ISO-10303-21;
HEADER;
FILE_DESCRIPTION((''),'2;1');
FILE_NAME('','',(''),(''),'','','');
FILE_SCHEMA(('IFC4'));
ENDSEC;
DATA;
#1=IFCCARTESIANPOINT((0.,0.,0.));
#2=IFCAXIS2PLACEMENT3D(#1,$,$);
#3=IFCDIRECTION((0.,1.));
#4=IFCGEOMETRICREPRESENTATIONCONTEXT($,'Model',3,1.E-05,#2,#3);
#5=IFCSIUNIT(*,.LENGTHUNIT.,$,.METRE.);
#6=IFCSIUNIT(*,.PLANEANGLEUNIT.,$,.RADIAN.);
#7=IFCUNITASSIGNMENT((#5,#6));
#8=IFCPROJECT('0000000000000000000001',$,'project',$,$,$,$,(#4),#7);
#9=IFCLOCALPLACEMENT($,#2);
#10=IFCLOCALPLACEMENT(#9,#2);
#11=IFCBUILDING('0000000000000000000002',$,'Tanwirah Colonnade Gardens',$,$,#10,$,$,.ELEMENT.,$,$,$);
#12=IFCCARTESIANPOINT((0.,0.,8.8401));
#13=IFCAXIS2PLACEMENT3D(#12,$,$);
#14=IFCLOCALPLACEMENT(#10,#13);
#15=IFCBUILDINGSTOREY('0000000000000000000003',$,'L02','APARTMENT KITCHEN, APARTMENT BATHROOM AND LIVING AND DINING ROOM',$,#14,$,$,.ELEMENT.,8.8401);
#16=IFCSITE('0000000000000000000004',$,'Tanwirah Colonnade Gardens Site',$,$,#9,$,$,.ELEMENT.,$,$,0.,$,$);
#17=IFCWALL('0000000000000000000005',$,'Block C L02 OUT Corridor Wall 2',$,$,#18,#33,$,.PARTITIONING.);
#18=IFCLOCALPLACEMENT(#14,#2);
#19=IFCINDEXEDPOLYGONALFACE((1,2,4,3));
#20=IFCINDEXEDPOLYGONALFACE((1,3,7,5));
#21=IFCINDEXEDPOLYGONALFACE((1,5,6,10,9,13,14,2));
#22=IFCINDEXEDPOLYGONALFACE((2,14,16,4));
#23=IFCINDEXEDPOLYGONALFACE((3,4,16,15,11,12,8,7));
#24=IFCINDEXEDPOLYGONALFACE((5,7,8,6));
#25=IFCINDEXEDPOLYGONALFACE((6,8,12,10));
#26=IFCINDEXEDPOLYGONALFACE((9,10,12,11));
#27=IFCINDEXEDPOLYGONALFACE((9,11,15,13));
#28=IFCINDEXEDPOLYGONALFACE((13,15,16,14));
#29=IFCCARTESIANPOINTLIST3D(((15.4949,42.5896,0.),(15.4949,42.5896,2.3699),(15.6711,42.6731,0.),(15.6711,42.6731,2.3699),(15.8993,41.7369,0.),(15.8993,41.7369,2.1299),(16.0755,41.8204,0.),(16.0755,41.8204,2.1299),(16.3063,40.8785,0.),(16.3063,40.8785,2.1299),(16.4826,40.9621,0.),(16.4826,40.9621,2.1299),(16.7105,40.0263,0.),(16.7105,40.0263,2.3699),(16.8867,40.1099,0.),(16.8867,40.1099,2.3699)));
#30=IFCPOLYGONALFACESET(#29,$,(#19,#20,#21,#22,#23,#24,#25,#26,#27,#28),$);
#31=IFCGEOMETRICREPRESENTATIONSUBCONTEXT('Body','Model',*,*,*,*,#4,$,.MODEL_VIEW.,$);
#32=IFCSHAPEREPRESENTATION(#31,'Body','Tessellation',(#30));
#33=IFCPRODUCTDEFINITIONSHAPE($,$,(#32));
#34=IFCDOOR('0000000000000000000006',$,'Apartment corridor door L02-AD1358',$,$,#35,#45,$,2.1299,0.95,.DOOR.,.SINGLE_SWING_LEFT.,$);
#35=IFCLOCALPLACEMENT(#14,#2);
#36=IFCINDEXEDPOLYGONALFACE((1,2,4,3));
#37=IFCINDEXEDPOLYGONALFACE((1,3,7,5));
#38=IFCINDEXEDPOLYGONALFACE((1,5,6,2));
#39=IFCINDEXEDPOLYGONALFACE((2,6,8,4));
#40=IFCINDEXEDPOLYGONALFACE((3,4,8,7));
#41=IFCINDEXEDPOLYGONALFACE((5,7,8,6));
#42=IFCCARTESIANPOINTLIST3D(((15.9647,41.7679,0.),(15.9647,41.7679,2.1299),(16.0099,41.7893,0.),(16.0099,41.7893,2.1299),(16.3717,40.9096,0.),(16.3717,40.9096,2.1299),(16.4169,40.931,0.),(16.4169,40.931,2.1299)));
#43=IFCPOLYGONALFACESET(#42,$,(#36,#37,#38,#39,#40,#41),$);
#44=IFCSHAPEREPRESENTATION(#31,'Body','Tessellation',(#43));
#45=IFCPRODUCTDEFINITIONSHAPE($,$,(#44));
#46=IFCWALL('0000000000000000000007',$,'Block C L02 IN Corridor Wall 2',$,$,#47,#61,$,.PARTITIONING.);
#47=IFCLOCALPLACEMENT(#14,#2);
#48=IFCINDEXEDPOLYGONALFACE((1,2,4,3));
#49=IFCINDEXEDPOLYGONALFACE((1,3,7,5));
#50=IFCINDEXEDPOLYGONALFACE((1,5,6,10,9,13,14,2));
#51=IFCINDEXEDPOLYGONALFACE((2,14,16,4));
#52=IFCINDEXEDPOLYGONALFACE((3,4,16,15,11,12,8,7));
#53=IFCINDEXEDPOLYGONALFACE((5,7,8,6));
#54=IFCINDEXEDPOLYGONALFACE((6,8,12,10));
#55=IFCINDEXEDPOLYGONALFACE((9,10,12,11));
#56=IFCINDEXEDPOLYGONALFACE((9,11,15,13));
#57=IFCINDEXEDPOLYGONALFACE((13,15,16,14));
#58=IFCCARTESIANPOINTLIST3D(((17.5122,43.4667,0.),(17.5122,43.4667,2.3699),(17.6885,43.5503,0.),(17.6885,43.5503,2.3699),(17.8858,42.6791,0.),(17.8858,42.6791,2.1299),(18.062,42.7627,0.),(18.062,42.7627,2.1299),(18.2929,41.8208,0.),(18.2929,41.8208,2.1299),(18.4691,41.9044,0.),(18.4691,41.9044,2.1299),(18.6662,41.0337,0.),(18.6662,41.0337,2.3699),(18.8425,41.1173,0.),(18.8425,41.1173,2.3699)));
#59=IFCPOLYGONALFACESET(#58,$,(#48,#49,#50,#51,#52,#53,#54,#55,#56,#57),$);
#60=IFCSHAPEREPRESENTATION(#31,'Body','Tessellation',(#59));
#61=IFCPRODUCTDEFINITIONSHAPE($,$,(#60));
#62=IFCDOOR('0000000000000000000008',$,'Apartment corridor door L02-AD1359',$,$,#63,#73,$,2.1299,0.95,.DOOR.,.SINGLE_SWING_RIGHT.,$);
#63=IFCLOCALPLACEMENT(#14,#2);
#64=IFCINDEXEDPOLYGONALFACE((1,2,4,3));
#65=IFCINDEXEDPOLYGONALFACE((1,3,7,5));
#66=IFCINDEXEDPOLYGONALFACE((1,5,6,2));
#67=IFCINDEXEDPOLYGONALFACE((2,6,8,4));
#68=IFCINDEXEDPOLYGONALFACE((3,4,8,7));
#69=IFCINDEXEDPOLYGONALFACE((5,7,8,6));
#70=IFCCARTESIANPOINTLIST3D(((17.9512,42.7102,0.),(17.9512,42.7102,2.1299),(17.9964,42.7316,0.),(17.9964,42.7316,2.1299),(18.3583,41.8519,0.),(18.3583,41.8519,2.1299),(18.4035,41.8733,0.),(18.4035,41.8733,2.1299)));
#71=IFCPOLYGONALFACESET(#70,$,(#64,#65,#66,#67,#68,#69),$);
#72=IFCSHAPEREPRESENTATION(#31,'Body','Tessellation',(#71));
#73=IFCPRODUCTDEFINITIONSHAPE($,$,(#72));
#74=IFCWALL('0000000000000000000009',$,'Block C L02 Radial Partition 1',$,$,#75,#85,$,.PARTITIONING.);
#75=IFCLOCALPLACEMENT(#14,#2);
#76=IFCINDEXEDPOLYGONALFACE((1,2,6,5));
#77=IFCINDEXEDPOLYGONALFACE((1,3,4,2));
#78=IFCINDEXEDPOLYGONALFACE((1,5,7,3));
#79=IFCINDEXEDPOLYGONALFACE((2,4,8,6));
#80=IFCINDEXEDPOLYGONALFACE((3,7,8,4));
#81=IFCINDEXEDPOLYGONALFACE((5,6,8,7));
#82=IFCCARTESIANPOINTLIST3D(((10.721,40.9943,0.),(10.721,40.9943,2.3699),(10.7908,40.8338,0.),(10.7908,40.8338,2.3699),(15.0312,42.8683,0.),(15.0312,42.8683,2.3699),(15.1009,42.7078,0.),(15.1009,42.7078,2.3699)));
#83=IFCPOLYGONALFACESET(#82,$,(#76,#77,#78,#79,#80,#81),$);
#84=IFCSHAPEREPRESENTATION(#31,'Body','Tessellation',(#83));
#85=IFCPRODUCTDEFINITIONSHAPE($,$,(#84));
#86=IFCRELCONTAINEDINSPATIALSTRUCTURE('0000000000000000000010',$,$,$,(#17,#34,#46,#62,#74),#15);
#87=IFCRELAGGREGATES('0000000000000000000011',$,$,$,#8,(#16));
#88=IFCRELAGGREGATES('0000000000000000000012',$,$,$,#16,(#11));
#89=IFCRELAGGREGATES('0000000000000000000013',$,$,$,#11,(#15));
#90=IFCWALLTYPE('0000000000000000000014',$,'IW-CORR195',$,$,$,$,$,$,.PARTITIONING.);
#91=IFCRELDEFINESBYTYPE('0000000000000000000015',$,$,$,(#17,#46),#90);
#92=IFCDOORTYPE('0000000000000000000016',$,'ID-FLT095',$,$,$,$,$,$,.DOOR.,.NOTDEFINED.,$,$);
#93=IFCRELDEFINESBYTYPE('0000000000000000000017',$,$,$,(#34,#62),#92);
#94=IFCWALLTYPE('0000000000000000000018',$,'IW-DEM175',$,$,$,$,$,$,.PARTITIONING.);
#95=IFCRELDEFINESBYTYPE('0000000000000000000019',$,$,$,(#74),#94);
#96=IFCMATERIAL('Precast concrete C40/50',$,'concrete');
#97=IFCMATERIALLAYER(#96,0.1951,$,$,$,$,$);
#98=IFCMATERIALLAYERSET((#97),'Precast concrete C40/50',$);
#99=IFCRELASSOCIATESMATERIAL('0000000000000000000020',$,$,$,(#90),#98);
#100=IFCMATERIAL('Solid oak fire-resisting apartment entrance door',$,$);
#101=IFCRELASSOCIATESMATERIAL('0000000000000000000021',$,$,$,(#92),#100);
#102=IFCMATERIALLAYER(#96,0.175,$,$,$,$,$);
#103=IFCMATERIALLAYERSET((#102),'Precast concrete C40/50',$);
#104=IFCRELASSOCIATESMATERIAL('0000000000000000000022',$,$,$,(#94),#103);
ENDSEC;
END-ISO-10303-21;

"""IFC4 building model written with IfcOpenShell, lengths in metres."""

from ifc_helpers import new_model, si_unit, direction, frame, frame_2d, origin, place, context, subcontext, project, spatial, rectangle, extrude, material, layer, layer_set, type_object, element, fill, save


model = new_model("IFC4")

# Units and contexts
model_context = context("Model", 3, precision=1e-05, world=origin(), true_north=direction((0.0, 1.0)))
body_context = subcontext(model_context, "Body", "Model", "MODEL_VIEW")
ifc_project = project(units=[si_unit("LENGTHUNIT", "METRE"), si_unit("PLANEANGLEUNIT", "RADIAN")], contexts=[model_context])

# Site, building, storey
site_placement = place(None, origin())
site = spatial("IfcSite", under=ifc_project, at=site_placement, Name="Tanwirah Colonnade Gardens Site", CompositionType="ELEMENT", RefElevation=0.0)
building_placement = place(site_placement, origin())
building = spatial("IfcBuilding", under=site, at=building_placement, Name="Tanwirah Colonnade Gardens", CompositionType="ELEMENT")
storey_placement = place(building_placement, frame((0.0, 0.0, 8.8401)))
storey = spatial("IfcBuildingStorey", under=building, at=storey_placement, Name="L02", Description="APARTMENT KITCHEN, APARTMENT BATHROOM AND LIVING AND DINING ROOM", CompositionType="ELEMENT", Elevation=8.8401)

# Shared definitions
ifc_material_1 = material(Name="Precast concrete C40/50", Category="concrete")

# Walls, openings, doors
ifc_layer_1 = layer(ifc_material_1, 0.1951)
ifc_layer_set_1 = layer_set([ifc_layer_1], Name="Precast concrete C40/50")
wall_type_1 = type_object("IfcWallType", Name="IW-CORR195", PredefinedType="PARTITIONING", material=ifc_layer_set_1)
wall_1_placement = place(storey_placement, frame((15.583, 42.6313, 0.0), z_axis=(0.0, 0.0, 1.0), x_axis=(0.428493, -0.903545, 0.0)))
wall_1 = element("IfcWall", 1, at=wall_1_placement, inside=storey, type_object=wall_type_1, Name="Block C L02 OUT Corridor Wall 2", PredefinedType="PARTITIONING", context=body_context, shape_type="SweptSolid", body=[
    extrude(rectangle(XDim=2.8369, YDim=0.1951, at=frame_2d((1.4185, 0.0))), origin(), (0.0, 0.0, 1.0), 2.3699),
])
opening_1_placement = place(wall_1_placement, frame((0.9436, 0.0, 0.0)))
opening_1 = element("IfcOpeningElement", 2, at=opening_1_placement, cuts=wall_1, PredefinedType="OPENING", context=body_context, shape_type="SweptSolid", body=[
    extrude(rectangle(XDim=0.95, YDim=2.1299, at=frame_2d((0.4751, 1.0649))), frame((0.0, 0.1074, 0.0), z_axis=(0.0, -1.0, 0.0), x_axis=(1.0, 0.0, 0.0)), (0.0, 0.0, 1.0), 0.2151),
])
ifc_material_2 = material(Name="Solid oak fire-resisting apartment entrance door")
door_type = type_object("IfcDoorType", Name="ID-FLT095", OperationType="NOTDEFINED", PredefinedType="DOOR", material=ifc_material_2)
door_1_placement = place(opening_1_placement, origin())
door_1 = element("IfcDoor", 3, at=door_1_placement, inside=storey, type_object=door_type, Name="Apartment corridor door L02-AD1358", OperationType="SINGLE_SWING_LEFT", OverallHeight=2.1299, OverallWidth=0.95, PredefinedType="DOOR", context=body_context, shape_type="SweptSolid", body=[
    extrude(rectangle(XDim=0.95, YDim=2.1299, at=frame_2d((0.4751, 1.0649))), frame((0.0, 0.0249, 0.0), z_axis=(0.0, -1.0, 0.0), x_axis=(1.0, 0.0, 0.0)), (0.0, 0.0, 1.0), 0.05),
])
fill(opening_1, door_1)
wall_2_placement = place(storey_placement, frame((17.6003, 43.5085, 0.0), z_axis=(0.0, 0.0, 1.0), x_axis=(0.42855, -0.903518, 0.0)))
wall_2 = element("IfcWall", 4, at=wall_2_placement, inside=storey, type_object=wall_type_1, Name="Block C L02 IN Corridor Wall 2", PredefinedType="PARTITIONING", context=body_context, shape_type="SweptSolid", body=[
    extrude(rectangle(XDim=2.6929, YDim=0.1951, at=frame_2d((1.3464, 0.0))), origin(), (0.0, 0.0, 1.0), 2.3699),
])
opening_2_placement = place(wall_2_placement, frame((0.8716, 0.0, 0.0)))
opening_2 = element("IfcOpeningElement", 5, at=opening_2_placement, cuts=wall_2, PredefinedType="OPENING", context=body_context, shape_type="SweptSolid", body=[
    extrude(rectangle(XDim=0.95, YDim=2.1299, at=frame_2d((0.4751, 1.0649))), frame((0.0, 0.1074, 0.0), z_axis=(0.0, -1.0, 0.0), x_axis=(1.0, 0.0, 0.0)), (0.0, 0.0, 1.0), 0.2151),
])
door_2_placement = place(opening_2_placement, origin())
door_2 = element("IfcDoor", 6, at=door_2_placement, inside=storey, type_object=door_type, Name="Apartment corridor door L02-AD1359", OperationType="SINGLE_SWING_RIGHT", OverallHeight=2.1299, OverallWidth=0.95, PredefinedType="DOOR", context=body_context, shape_type="SweptSolid", body=[
    extrude(rectangle(XDim=0.95, YDim=2.1299, at=frame_2d((0.4751, 1.0649))), frame((0.0, 0.0249, 0.0), z_axis=(0.0, -1.0, 0.0), x_axis=(1.0, 0.0, 0.0)), (0.0, 0.0, 1.0), 0.05),
])
fill(opening_2, door_2)

# Wall
ifc_layer_2 = layer(ifc_material_1, 0.175)
ifc_layer_set_2 = layer_set([ifc_layer_2], Name="Precast concrete C40/50")
wall_type_2 = type_object("IfcWallType", Name="IW-DEM175", PredefinedType="PARTITIONING", material=ifc_layer_set_2)
wall_3_placement = place(storey_placement, frame((15.0662, 42.7881, 0.0), z_axis=(0.0, 0.0, 1.0), x_axis=(-0.917072, -0.398722, 0.0)))
element("IfcWall", 7, at=wall_3_placement, inside=storey, type_object=wall_type_2, Name="Block C L02 Radial Partition 1", PredefinedType="PARTITIONING", context=body_context, shape_type="SweptSolid", body=[
    extrude(rectangle(XDim=4.7, YDim=0.175, at=frame_2d((2.3501, 0.0))), origin(), (0.0, 0.0, 1.0), 2.3699),
])

save(model, "model.ifc")
